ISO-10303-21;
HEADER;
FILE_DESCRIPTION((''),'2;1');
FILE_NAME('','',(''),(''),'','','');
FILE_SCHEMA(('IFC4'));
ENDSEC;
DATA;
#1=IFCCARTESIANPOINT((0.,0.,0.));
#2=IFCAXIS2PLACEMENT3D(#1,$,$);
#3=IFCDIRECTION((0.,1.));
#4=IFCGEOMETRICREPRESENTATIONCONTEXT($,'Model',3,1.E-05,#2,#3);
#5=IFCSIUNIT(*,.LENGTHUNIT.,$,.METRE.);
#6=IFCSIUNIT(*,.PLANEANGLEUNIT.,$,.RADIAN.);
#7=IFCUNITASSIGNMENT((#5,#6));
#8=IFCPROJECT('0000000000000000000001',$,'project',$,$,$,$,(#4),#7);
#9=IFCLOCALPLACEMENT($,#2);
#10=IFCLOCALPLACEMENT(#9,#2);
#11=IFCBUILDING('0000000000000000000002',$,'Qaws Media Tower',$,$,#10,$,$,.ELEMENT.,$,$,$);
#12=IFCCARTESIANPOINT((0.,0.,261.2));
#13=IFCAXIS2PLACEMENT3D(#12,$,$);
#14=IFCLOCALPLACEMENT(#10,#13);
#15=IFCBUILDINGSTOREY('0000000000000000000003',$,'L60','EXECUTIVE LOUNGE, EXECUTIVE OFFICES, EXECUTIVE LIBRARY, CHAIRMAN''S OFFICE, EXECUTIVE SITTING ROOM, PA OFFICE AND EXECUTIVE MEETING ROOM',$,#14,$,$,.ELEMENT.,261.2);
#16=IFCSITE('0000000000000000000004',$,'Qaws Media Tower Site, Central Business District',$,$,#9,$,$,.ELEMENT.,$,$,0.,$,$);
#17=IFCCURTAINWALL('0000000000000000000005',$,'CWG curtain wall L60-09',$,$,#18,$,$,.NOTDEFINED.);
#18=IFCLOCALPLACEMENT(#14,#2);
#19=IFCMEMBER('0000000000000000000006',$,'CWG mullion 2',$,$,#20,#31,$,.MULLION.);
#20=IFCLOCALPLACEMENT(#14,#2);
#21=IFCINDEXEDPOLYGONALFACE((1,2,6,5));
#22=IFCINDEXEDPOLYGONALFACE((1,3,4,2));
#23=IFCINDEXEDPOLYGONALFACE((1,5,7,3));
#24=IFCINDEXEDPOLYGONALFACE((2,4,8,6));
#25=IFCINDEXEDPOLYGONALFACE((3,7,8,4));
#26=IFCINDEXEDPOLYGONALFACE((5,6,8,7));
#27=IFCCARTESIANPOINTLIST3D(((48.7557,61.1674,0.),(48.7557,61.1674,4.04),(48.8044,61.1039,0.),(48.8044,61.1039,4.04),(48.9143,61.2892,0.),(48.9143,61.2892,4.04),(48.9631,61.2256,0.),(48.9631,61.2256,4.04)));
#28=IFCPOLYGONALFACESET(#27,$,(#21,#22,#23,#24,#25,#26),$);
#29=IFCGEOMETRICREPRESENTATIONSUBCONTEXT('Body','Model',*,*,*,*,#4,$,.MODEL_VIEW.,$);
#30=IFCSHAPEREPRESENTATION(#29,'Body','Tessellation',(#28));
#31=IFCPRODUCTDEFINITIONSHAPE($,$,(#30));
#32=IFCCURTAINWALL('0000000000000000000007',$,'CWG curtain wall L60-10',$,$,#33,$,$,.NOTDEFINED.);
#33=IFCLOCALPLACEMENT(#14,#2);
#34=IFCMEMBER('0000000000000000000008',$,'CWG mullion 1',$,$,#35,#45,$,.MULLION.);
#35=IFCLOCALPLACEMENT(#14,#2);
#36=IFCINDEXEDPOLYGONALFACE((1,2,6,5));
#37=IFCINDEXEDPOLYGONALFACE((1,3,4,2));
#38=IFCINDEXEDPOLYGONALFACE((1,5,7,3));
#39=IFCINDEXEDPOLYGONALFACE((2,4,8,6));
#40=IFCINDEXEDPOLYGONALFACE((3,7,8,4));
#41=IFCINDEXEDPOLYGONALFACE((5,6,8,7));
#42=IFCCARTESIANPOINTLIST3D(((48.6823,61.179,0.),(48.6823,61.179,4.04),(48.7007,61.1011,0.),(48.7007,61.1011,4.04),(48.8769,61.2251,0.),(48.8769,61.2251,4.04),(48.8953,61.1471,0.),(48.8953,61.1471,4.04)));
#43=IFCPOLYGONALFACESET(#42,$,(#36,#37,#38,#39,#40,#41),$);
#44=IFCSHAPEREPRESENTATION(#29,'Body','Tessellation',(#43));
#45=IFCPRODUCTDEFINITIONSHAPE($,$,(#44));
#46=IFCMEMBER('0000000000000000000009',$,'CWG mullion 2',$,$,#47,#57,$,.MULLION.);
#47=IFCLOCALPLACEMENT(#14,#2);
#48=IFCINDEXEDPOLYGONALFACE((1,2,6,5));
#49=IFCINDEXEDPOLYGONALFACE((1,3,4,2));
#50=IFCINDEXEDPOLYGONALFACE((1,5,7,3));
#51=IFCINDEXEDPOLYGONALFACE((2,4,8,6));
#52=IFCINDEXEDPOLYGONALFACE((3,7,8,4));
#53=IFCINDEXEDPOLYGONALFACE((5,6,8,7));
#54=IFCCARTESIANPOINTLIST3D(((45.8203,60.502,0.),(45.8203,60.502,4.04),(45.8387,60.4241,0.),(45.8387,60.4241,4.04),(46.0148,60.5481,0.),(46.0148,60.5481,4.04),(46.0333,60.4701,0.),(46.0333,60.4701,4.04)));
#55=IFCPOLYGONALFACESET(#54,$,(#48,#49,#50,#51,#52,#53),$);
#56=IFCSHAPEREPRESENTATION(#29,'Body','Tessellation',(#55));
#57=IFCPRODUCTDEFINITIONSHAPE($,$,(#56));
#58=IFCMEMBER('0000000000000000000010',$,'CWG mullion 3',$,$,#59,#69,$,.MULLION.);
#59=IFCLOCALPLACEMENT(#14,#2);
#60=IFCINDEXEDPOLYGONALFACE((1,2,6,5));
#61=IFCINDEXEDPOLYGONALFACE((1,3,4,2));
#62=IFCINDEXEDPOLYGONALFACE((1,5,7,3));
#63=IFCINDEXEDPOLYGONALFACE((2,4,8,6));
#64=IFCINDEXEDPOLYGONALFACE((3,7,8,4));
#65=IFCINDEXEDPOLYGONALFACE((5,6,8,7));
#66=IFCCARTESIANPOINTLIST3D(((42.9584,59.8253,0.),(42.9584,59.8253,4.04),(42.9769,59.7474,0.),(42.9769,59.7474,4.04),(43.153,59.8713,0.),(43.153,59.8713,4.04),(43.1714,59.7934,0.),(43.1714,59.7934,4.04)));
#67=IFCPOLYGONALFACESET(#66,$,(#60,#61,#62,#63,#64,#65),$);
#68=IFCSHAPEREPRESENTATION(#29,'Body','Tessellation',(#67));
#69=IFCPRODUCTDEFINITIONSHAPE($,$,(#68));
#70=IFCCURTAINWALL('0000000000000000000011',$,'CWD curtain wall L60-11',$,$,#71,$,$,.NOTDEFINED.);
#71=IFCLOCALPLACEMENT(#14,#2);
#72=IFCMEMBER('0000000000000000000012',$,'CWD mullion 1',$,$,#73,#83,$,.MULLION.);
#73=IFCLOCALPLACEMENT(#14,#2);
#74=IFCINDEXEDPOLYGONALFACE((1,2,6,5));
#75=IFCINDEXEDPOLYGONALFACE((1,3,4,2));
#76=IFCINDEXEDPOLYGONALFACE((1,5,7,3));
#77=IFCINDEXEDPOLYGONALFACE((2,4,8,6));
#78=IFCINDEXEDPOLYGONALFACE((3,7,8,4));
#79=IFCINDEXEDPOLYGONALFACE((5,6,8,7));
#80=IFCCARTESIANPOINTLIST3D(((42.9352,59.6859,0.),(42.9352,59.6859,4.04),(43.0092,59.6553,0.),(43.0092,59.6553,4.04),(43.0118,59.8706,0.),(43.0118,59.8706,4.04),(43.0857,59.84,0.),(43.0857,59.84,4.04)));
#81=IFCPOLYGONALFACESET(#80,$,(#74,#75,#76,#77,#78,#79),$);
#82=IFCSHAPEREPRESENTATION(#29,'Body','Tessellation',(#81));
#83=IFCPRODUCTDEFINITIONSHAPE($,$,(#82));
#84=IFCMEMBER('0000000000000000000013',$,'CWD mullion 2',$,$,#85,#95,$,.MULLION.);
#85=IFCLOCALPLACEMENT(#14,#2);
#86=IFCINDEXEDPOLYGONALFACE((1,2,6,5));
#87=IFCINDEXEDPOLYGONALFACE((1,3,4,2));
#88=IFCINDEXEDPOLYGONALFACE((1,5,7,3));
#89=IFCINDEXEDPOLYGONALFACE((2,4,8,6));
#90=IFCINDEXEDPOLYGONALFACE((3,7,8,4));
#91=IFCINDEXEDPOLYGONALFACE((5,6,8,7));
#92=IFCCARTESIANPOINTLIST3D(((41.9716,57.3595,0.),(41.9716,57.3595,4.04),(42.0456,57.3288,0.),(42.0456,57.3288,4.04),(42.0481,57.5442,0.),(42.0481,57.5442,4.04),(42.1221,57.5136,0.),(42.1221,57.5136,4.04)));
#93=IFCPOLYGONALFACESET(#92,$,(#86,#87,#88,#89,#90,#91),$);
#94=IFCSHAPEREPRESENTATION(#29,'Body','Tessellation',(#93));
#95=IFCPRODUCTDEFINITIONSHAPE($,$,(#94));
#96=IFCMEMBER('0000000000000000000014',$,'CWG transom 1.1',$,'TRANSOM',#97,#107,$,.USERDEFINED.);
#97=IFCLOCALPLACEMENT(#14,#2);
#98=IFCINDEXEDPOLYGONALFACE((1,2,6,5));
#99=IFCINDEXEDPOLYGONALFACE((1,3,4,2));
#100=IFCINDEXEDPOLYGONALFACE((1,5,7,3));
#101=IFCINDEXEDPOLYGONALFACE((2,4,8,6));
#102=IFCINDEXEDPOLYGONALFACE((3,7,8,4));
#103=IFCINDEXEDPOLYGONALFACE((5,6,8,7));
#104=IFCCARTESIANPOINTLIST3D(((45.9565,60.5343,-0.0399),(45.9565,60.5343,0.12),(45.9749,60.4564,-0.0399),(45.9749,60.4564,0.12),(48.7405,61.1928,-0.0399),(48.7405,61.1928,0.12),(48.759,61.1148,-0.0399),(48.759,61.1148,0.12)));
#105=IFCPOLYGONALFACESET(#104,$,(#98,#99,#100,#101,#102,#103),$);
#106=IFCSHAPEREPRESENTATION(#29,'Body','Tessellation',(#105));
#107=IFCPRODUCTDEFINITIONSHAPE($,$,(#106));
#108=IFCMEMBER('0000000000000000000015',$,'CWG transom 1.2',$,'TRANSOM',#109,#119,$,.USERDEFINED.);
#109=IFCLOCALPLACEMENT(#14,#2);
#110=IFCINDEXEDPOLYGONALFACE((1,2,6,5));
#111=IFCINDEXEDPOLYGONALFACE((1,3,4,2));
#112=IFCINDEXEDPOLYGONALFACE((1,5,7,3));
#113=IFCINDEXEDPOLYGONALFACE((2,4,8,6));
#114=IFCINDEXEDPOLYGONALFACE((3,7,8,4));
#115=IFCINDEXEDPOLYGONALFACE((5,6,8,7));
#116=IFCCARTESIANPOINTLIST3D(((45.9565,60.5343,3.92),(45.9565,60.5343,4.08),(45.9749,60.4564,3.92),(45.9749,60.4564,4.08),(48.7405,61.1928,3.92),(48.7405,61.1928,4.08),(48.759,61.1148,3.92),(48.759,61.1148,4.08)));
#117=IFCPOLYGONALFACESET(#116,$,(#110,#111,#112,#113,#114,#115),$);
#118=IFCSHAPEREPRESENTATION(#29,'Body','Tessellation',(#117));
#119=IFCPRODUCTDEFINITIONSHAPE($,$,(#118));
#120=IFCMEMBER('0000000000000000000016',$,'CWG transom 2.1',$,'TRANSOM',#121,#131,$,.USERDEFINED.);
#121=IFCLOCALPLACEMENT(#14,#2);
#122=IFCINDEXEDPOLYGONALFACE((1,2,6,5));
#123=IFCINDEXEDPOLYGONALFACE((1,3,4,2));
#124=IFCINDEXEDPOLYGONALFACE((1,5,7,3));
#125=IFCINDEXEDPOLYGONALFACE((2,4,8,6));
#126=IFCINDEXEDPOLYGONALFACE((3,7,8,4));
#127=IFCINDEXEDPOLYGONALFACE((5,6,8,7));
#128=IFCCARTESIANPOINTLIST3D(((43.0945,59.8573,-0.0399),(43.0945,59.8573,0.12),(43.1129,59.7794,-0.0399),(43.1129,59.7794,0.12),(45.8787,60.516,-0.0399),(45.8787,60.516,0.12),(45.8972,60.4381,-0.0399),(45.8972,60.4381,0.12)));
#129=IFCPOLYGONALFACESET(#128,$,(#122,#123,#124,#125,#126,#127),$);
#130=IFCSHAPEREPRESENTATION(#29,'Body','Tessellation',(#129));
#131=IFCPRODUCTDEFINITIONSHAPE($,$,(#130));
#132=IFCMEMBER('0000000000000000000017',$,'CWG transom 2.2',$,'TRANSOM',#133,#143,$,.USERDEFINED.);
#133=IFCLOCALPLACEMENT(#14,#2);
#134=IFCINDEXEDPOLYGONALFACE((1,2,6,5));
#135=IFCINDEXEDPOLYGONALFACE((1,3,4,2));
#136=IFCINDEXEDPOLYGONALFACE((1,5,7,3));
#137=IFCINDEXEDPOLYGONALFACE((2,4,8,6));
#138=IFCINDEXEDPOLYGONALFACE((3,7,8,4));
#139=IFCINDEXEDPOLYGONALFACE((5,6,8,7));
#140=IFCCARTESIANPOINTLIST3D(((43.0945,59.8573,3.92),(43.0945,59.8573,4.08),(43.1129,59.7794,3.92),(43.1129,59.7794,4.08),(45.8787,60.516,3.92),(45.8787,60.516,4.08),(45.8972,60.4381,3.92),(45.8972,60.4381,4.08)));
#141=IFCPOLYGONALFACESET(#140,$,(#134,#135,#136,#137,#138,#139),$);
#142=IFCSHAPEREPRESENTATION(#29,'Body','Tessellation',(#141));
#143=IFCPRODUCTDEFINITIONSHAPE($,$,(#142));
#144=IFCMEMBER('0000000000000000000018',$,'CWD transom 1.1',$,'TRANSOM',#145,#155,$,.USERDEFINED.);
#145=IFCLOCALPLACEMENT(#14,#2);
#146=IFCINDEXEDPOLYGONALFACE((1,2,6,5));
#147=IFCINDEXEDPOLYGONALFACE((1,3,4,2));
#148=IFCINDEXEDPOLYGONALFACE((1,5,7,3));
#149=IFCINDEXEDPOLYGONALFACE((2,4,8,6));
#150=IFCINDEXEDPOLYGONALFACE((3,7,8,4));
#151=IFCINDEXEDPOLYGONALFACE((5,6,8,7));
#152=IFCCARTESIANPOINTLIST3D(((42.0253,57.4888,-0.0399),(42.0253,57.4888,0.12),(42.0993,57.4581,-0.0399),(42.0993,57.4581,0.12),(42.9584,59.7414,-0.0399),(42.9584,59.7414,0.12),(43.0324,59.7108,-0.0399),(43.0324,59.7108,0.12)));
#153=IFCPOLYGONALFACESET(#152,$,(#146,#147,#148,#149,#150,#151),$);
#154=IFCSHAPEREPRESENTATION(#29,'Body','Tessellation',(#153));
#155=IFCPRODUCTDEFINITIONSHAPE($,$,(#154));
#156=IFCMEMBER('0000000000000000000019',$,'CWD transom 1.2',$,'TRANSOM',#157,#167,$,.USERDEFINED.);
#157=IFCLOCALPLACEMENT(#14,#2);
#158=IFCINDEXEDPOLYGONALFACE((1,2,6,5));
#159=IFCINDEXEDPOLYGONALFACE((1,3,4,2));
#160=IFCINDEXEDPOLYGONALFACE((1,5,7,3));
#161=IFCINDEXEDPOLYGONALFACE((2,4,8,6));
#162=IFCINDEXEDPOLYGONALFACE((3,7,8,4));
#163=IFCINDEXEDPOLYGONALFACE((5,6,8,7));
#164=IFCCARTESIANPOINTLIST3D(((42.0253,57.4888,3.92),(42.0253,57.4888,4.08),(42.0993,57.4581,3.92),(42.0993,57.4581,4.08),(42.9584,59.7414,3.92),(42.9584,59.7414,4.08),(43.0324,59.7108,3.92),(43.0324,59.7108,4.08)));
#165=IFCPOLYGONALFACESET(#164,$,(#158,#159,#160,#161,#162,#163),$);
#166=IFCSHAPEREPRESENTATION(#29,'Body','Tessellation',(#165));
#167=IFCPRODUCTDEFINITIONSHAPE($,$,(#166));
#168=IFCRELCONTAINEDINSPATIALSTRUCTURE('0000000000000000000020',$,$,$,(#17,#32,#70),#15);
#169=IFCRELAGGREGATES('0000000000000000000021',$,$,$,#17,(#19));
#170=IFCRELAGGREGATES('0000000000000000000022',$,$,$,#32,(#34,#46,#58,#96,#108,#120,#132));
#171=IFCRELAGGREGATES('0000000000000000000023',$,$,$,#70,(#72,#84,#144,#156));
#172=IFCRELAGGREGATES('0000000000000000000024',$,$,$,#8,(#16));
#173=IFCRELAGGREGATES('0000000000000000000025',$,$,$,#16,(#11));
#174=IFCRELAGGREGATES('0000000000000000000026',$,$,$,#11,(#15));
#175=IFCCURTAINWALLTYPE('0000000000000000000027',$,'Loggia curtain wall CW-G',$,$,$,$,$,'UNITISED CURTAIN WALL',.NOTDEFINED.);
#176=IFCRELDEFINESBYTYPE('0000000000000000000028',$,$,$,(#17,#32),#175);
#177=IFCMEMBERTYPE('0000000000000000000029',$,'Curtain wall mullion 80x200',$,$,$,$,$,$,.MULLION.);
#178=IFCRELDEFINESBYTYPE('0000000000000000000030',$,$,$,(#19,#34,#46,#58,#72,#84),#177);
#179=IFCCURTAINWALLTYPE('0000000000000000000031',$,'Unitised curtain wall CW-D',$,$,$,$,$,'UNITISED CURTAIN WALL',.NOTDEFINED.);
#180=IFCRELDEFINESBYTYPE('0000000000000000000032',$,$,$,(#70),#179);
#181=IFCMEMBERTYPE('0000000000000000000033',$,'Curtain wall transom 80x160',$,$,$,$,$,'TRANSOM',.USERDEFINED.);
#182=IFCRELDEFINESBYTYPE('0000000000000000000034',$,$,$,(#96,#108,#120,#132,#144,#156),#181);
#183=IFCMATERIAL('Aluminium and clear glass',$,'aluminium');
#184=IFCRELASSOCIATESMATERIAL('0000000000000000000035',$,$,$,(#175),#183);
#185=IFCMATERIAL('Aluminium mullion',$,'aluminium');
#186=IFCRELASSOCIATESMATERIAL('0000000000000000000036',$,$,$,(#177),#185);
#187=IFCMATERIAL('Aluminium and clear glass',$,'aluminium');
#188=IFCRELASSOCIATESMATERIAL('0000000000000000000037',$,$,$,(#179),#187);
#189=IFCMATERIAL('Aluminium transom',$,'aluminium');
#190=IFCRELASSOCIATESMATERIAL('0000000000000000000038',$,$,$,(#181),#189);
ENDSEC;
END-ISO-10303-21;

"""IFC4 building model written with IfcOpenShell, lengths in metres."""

from ifc_helpers import new_model, si_unit, direction, frame, origin, origin_2d, place, context, subcontext, project, spatial, rectangle, extrude, material, material_profile, profile_set, type_object, element, aggregate, save


model = new_model("IFC4")

# Units and contexts
model_context = context("Model", 3, precision=1e-05, world=origin(), true_north=direction((0.0, 1.0)))
body_context = subcontext(model_context, "Body", "Model", "MODEL_VIEW")
ifc_project = project(units=[si_unit("LENGTHUNIT", "METRE"), si_unit("PLANEANGLEUNIT", "RADIAN")], contexts=[model_context])

# Site, building, storey
site_placement = place(None, origin())
site = spatial("IfcSite", under=ifc_project, at=site_placement, Name="Qaws Media Tower Site, Central Business District", CompositionType="ELEMENT", RefElevation=0.0)
building_placement = place(site_placement, origin())
building = spatial("IfcBuilding", under=site, at=building_placement, Name="Qaws Media Tower", CompositionType="ELEMENT")
storey_placement = place(building_placement, frame((0.0, 0.0, 261.2)))
storey = spatial("IfcBuildingStorey", under=building, at=storey_placement, Name="L60", Description="EXECUTIVE LOUNGE, EXECUTIVE OFFICES, EXECUTIVE LIBRARY, CHAIRMAN'S OFFICE, EXECUTIVE SITTING ROOM, PA OFFICE AND EXECUTIVE MEETING ROOM", CompositionType="ELEMENT", Elevation=261.2)

# Curtain wall, member
ifc_material_1 = material(Name="Aluminium and clear glass", Category="aluminium")
curtain_wall_type_1 = type_object("IfcCurtainWallType", Name="Loggia curtain wall CW-G", ElementType="UNITISED CURTAIN WALL", PredefinedType="NOTDEFINED", material=ifc_material_1)
curtain_wall_1_placement = place(storey_placement, origin())
curtain_wall_1 = element("IfcCurtainWall", 1, at=curtain_wall_1_placement, inside=storey, type_object=curtain_wall_type_1, Name="CWG curtain wall L60-09", PredefinedType="NOTDEFINED")
ifc_material_2 = material(Name="Aluminium mullion", Category="aluminium")
ifc_material_profile_1 = material_profile(ifc_material_2, rectangle(XDim=0.0801, YDim=0.2, at=origin_2d()), Name="80x200")
ifc_profile_set_1 = profile_set([ifc_material_profile_1], Name="Aluminium mullion")
member_type_1 = type_object("IfcMemberType", Name="Curtain wall mullion 80x200", PredefinedType="MULLION", material=ifc_profile_set_1)
member_1_placement = place(storey_placement, frame((48.8594, 61.1965, 0.0), z_axis=(0.0, 0.0, 1.0), x_axis=(0.608761, -0.793353, 0.0)))
member_1 = element("IfcMember", 2, at=member_1_placement, type_object=member_type_1, Name="CWG mullion 2", PredefinedType="MULLION", context=body_context, shape_type="SweptSolid", body=[
    extrude(rectangle(XDim=0.0801, YDim=0.2, at=origin_2d()), origin(), (0.0, 0.0, 1.0), 4.04),
])
aggregate(curtain_wall_1, [member_1])

# Curtain walls, members
curtain_wall_2_placement = place(storey_placement, origin())
curtain_wall_2 = element("IfcCurtainWall", 3, at=curtain_wall_2_placement, inside=storey, type_object=curtain_wall_type_1, Name="CWG curtain wall L60-10", PredefinedType="NOTDEFINED")
member_2_placement = place(storey_placement, frame((48.7888, 61.1631, 0.0), z_axis=(0.0, 0.0, 1.0), x_axis=(0.230176, -0.973149, 0.0)))
member_2 = element("IfcMember", 4, at=member_2_placement, type_object=member_type_1, Name="CWG mullion 1", PredefinedType="MULLION", context=body_context, shape_type="SweptSolid", body=[
    extrude(rectangle(XDim=0.0801, YDim=0.2, at=origin_2d()), origin(), (0.0, 0.0, 1.0), 4.04),
])
member_3_placement = place(storey_placement, frame((45.9268, 60.4861, 0.0), z_axis=(0.0, 0.0, 1.0), x_axis=(0.230176, -0.973149, 0.0)))
member_3 = element("IfcMember", 5, at=member_3_placement, type_object=member_type_1, Name="CWG mullion 2", PredefinedType="MULLION", context=body_context, shape_type="SweptSolid", body=[
    extrude(rectangle(XDim=0.0801, YDim=0.2, at=origin_2d()), origin(), (0.0, 0.0, 1.0), 4.04),
])
member_4_placement = place(storey_placement, frame((43.0649, 59.8093, 0.0), z_axis=(0.0, 0.0, 1.0), x_axis=(0.230176, -0.973149, 0.0)))
member_4 = element("IfcMember", 6, at=member_4_placement, type_object=member_type_1, Name="CWG mullion 3", PredefinedType="MULLION", context=body_context, shape_type="SweptSolid", body=[
    extrude(rectangle(XDim=0.0801, YDim=0.2, at=origin_2d()), origin(), (0.0, 0.0, 1.0), 4.04),
])
ifc_material_3 = material(Name="Aluminium and clear glass", Category="aluminium")
curtain_wall_type_2 = type_object("IfcCurtainWallType", Name="Unitised curtain wall CW-D", ElementType="UNITISED CURTAIN WALL", PredefinedType="NOTDEFINED", material=ifc_material_3)
curtain_wall_3_placement = place(storey_placement, origin())
curtain_wall_3 = element("IfcCurtainWall", 7, at=curtain_wall_3_placement, inside=storey, type_object=curtain_wall_type_2, Name="CWD curtain wall L60-11", PredefinedType="NOTDEFINED")
member_5_placement = place(storey_placement, frame((43.0105, 59.7629, 0.0), z_axis=(0.0, 0.0, 1.0), x_axis=(0.92388, -0.382683, 0.0)))
member_5 = element("IfcMember", 8, at=member_5_placement, type_object=member_type_1, Name="CWD mullion 1", PredefinedType="MULLION", context=body_context, shape_type="SweptSolid", body=[
    extrude(rectangle(XDim=0.0801, YDim=0.2, at=origin_2d()), origin(), (0.0, 0.0, 1.0), 4.04),
])
member_6_placement = place(storey_placement, frame((42.0469, 57.4365, 0.0), z_axis=(0.0, 0.0, 1.0), x_axis=(0.92388, -0.382683, 0.0)))
member_6 = element("IfcMember", 9, at=member_6_placement, type_object=member_type_1, Name="CWD mullion 2", PredefinedType="MULLION", context=body_context, shape_type="SweptSolid", body=[
    extrude(rectangle(XDim=0.0801, YDim=0.2, at=origin_2d()), origin(), (0.0, 0.0, 1.0), 4.04),
])

# Members
ifc_material_4 = material(Name="Aluminium transom", Category="aluminium")
ifc_material_profile_2 = material_profile(ifc_material_4, rectangle(XDim=0.0801, YDim=0.1599, at=origin_2d()), Name="80x160")
ifc_profile_set_2 = profile_set([ifc_material_profile_2], Name="Aluminium transom")
member_type_2 = type_object("IfcMemberType", Name="Curtain wall transom 80x160", ElementType="TRANSOM", PredefinedType="USERDEFINED", material=ifc_profile_set_2)
member_7_placement = place(storey_placement, frame((48.7498, 61.1538, 0.04), z_axis=(-0.973151, -0.230167, 0.0), x_axis=(0.230167, -0.973151, 0.0)))
member_7 = element("IfcMember", 10, at=member_7_placement, type_object=member_type_2, Name="CWG transom 1.1", ObjectType="TRANSOM", PredefinedType="USERDEFINED", context=body_context, shape_type="SweptSolid", body=[
    extrude(rectangle(XDim=0.0801, YDim=0.1599, at=origin_2d()), origin(), (0.0, 0.0, 1.0), 2.8608),
])
member_8_placement = place(storey_placement, frame((48.7498, 61.1538, 4.0), z_axis=(-0.973151, -0.230167, 0.0), x_axis=(0.230167, -0.973151, 0.0)))
member_8 = element("IfcMember", 11, at=member_8_placement, type_object=member_type_2, Name="CWG transom 1.2", ObjectType="TRANSOM", PredefinedType="USERDEFINED", context=body_context, shape_type="SweptSolid", body=[
    extrude(rectangle(XDim=0.0801, YDim=0.1599, at=origin_2d()), origin(), (0.0, 0.0, 1.0), 2.8608),
])
member_9_placement = place(storey_placement, frame((45.8879, 60.4771, 0.04), z_axis=(-0.973137, -0.230228, 0.0), x_axis=(0.230228, -0.973137, 0.0)))
member_9 = element("IfcMember", 12, at=member_9_placement, type_object=member_type_2, Name="CWG transom 2.1", ObjectType="TRANSOM", PredefinedType="USERDEFINED", context=body_context, shape_type="SweptSolid", body=[
    extrude(rectangle(XDim=0.0801, YDim=0.1599, at=origin_2d()), origin(), (0.0, 0.0, 1.0), 2.8611),
])
member_10_placement = place(storey_placement, frame((45.8879, 60.4771, 4.0), z_axis=(-0.973137, -0.230228, 0.0), x_axis=(0.230228, -0.973137, 0.0)))
member_10 = element("IfcMember", 13, at=member_10_placement, type_object=member_type_2, Name="CWG transom 2.2", ObjectType="TRANSOM", PredefinedType="USERDEFINED", context=body_context, shape_type="SweptSolid", body=[
    extrude(rectangle(XDim=0.0801, YDim=0.1599, at=origin_2d()), origin(), (0.0, 0.0, 1.0), 2.8611),
])
member_11_placement = place(storey_placement, frame((42.9954, 59.7261, 0.04), z_axis=(-0.382688, -0.923878, 0.0), x_axis=(0.923878, -0.382688, 0.0)))
member_11 = element("IfcMember", 14, at=member_11_placement, type_object=member_type_2, Name="CWD transom 1.1", ObjectType="TRANSOM", PredefinedType="USERDEFINED", context=body_context, shape_type="SweptSolid", body=[
    extrude(rectangle(XDim=0.0801, YDim=0.1599, at=origin_2d()), origin(), (0.0, 0.0, 1.0), 2.4382),
])
member_12_placement = place(storey_placement, frame((42.9954, 59.7261, 4.0), z_axis=(-0.382688, -0.923878, 0.0), x_axis=(0.923878, -0.382688, 0.0)))
member_12 = element("IfcMember", 15, at=member_12_placement, type_object=member_type_2, Name="CWD transom 1.2", ObjectType="TRANSOM", PredefinedType="USERDEFINED", context=body_context, shape_type="SweptSolid", body=[
    extrude(rectangle(XDim=0.0801, YDim=0.1599, at=origin_2d()), origin(), (0.0, 0.0, 1.0), 2.4382),
])

aggregate(curtain_wall_2, [member_2, member_3, member_4, member_7, member_8, member_9, member_10])
aggregate(curtain_wall_3, [member_5, member_6, member_11, member_12])

save(model, "model.ifc")
